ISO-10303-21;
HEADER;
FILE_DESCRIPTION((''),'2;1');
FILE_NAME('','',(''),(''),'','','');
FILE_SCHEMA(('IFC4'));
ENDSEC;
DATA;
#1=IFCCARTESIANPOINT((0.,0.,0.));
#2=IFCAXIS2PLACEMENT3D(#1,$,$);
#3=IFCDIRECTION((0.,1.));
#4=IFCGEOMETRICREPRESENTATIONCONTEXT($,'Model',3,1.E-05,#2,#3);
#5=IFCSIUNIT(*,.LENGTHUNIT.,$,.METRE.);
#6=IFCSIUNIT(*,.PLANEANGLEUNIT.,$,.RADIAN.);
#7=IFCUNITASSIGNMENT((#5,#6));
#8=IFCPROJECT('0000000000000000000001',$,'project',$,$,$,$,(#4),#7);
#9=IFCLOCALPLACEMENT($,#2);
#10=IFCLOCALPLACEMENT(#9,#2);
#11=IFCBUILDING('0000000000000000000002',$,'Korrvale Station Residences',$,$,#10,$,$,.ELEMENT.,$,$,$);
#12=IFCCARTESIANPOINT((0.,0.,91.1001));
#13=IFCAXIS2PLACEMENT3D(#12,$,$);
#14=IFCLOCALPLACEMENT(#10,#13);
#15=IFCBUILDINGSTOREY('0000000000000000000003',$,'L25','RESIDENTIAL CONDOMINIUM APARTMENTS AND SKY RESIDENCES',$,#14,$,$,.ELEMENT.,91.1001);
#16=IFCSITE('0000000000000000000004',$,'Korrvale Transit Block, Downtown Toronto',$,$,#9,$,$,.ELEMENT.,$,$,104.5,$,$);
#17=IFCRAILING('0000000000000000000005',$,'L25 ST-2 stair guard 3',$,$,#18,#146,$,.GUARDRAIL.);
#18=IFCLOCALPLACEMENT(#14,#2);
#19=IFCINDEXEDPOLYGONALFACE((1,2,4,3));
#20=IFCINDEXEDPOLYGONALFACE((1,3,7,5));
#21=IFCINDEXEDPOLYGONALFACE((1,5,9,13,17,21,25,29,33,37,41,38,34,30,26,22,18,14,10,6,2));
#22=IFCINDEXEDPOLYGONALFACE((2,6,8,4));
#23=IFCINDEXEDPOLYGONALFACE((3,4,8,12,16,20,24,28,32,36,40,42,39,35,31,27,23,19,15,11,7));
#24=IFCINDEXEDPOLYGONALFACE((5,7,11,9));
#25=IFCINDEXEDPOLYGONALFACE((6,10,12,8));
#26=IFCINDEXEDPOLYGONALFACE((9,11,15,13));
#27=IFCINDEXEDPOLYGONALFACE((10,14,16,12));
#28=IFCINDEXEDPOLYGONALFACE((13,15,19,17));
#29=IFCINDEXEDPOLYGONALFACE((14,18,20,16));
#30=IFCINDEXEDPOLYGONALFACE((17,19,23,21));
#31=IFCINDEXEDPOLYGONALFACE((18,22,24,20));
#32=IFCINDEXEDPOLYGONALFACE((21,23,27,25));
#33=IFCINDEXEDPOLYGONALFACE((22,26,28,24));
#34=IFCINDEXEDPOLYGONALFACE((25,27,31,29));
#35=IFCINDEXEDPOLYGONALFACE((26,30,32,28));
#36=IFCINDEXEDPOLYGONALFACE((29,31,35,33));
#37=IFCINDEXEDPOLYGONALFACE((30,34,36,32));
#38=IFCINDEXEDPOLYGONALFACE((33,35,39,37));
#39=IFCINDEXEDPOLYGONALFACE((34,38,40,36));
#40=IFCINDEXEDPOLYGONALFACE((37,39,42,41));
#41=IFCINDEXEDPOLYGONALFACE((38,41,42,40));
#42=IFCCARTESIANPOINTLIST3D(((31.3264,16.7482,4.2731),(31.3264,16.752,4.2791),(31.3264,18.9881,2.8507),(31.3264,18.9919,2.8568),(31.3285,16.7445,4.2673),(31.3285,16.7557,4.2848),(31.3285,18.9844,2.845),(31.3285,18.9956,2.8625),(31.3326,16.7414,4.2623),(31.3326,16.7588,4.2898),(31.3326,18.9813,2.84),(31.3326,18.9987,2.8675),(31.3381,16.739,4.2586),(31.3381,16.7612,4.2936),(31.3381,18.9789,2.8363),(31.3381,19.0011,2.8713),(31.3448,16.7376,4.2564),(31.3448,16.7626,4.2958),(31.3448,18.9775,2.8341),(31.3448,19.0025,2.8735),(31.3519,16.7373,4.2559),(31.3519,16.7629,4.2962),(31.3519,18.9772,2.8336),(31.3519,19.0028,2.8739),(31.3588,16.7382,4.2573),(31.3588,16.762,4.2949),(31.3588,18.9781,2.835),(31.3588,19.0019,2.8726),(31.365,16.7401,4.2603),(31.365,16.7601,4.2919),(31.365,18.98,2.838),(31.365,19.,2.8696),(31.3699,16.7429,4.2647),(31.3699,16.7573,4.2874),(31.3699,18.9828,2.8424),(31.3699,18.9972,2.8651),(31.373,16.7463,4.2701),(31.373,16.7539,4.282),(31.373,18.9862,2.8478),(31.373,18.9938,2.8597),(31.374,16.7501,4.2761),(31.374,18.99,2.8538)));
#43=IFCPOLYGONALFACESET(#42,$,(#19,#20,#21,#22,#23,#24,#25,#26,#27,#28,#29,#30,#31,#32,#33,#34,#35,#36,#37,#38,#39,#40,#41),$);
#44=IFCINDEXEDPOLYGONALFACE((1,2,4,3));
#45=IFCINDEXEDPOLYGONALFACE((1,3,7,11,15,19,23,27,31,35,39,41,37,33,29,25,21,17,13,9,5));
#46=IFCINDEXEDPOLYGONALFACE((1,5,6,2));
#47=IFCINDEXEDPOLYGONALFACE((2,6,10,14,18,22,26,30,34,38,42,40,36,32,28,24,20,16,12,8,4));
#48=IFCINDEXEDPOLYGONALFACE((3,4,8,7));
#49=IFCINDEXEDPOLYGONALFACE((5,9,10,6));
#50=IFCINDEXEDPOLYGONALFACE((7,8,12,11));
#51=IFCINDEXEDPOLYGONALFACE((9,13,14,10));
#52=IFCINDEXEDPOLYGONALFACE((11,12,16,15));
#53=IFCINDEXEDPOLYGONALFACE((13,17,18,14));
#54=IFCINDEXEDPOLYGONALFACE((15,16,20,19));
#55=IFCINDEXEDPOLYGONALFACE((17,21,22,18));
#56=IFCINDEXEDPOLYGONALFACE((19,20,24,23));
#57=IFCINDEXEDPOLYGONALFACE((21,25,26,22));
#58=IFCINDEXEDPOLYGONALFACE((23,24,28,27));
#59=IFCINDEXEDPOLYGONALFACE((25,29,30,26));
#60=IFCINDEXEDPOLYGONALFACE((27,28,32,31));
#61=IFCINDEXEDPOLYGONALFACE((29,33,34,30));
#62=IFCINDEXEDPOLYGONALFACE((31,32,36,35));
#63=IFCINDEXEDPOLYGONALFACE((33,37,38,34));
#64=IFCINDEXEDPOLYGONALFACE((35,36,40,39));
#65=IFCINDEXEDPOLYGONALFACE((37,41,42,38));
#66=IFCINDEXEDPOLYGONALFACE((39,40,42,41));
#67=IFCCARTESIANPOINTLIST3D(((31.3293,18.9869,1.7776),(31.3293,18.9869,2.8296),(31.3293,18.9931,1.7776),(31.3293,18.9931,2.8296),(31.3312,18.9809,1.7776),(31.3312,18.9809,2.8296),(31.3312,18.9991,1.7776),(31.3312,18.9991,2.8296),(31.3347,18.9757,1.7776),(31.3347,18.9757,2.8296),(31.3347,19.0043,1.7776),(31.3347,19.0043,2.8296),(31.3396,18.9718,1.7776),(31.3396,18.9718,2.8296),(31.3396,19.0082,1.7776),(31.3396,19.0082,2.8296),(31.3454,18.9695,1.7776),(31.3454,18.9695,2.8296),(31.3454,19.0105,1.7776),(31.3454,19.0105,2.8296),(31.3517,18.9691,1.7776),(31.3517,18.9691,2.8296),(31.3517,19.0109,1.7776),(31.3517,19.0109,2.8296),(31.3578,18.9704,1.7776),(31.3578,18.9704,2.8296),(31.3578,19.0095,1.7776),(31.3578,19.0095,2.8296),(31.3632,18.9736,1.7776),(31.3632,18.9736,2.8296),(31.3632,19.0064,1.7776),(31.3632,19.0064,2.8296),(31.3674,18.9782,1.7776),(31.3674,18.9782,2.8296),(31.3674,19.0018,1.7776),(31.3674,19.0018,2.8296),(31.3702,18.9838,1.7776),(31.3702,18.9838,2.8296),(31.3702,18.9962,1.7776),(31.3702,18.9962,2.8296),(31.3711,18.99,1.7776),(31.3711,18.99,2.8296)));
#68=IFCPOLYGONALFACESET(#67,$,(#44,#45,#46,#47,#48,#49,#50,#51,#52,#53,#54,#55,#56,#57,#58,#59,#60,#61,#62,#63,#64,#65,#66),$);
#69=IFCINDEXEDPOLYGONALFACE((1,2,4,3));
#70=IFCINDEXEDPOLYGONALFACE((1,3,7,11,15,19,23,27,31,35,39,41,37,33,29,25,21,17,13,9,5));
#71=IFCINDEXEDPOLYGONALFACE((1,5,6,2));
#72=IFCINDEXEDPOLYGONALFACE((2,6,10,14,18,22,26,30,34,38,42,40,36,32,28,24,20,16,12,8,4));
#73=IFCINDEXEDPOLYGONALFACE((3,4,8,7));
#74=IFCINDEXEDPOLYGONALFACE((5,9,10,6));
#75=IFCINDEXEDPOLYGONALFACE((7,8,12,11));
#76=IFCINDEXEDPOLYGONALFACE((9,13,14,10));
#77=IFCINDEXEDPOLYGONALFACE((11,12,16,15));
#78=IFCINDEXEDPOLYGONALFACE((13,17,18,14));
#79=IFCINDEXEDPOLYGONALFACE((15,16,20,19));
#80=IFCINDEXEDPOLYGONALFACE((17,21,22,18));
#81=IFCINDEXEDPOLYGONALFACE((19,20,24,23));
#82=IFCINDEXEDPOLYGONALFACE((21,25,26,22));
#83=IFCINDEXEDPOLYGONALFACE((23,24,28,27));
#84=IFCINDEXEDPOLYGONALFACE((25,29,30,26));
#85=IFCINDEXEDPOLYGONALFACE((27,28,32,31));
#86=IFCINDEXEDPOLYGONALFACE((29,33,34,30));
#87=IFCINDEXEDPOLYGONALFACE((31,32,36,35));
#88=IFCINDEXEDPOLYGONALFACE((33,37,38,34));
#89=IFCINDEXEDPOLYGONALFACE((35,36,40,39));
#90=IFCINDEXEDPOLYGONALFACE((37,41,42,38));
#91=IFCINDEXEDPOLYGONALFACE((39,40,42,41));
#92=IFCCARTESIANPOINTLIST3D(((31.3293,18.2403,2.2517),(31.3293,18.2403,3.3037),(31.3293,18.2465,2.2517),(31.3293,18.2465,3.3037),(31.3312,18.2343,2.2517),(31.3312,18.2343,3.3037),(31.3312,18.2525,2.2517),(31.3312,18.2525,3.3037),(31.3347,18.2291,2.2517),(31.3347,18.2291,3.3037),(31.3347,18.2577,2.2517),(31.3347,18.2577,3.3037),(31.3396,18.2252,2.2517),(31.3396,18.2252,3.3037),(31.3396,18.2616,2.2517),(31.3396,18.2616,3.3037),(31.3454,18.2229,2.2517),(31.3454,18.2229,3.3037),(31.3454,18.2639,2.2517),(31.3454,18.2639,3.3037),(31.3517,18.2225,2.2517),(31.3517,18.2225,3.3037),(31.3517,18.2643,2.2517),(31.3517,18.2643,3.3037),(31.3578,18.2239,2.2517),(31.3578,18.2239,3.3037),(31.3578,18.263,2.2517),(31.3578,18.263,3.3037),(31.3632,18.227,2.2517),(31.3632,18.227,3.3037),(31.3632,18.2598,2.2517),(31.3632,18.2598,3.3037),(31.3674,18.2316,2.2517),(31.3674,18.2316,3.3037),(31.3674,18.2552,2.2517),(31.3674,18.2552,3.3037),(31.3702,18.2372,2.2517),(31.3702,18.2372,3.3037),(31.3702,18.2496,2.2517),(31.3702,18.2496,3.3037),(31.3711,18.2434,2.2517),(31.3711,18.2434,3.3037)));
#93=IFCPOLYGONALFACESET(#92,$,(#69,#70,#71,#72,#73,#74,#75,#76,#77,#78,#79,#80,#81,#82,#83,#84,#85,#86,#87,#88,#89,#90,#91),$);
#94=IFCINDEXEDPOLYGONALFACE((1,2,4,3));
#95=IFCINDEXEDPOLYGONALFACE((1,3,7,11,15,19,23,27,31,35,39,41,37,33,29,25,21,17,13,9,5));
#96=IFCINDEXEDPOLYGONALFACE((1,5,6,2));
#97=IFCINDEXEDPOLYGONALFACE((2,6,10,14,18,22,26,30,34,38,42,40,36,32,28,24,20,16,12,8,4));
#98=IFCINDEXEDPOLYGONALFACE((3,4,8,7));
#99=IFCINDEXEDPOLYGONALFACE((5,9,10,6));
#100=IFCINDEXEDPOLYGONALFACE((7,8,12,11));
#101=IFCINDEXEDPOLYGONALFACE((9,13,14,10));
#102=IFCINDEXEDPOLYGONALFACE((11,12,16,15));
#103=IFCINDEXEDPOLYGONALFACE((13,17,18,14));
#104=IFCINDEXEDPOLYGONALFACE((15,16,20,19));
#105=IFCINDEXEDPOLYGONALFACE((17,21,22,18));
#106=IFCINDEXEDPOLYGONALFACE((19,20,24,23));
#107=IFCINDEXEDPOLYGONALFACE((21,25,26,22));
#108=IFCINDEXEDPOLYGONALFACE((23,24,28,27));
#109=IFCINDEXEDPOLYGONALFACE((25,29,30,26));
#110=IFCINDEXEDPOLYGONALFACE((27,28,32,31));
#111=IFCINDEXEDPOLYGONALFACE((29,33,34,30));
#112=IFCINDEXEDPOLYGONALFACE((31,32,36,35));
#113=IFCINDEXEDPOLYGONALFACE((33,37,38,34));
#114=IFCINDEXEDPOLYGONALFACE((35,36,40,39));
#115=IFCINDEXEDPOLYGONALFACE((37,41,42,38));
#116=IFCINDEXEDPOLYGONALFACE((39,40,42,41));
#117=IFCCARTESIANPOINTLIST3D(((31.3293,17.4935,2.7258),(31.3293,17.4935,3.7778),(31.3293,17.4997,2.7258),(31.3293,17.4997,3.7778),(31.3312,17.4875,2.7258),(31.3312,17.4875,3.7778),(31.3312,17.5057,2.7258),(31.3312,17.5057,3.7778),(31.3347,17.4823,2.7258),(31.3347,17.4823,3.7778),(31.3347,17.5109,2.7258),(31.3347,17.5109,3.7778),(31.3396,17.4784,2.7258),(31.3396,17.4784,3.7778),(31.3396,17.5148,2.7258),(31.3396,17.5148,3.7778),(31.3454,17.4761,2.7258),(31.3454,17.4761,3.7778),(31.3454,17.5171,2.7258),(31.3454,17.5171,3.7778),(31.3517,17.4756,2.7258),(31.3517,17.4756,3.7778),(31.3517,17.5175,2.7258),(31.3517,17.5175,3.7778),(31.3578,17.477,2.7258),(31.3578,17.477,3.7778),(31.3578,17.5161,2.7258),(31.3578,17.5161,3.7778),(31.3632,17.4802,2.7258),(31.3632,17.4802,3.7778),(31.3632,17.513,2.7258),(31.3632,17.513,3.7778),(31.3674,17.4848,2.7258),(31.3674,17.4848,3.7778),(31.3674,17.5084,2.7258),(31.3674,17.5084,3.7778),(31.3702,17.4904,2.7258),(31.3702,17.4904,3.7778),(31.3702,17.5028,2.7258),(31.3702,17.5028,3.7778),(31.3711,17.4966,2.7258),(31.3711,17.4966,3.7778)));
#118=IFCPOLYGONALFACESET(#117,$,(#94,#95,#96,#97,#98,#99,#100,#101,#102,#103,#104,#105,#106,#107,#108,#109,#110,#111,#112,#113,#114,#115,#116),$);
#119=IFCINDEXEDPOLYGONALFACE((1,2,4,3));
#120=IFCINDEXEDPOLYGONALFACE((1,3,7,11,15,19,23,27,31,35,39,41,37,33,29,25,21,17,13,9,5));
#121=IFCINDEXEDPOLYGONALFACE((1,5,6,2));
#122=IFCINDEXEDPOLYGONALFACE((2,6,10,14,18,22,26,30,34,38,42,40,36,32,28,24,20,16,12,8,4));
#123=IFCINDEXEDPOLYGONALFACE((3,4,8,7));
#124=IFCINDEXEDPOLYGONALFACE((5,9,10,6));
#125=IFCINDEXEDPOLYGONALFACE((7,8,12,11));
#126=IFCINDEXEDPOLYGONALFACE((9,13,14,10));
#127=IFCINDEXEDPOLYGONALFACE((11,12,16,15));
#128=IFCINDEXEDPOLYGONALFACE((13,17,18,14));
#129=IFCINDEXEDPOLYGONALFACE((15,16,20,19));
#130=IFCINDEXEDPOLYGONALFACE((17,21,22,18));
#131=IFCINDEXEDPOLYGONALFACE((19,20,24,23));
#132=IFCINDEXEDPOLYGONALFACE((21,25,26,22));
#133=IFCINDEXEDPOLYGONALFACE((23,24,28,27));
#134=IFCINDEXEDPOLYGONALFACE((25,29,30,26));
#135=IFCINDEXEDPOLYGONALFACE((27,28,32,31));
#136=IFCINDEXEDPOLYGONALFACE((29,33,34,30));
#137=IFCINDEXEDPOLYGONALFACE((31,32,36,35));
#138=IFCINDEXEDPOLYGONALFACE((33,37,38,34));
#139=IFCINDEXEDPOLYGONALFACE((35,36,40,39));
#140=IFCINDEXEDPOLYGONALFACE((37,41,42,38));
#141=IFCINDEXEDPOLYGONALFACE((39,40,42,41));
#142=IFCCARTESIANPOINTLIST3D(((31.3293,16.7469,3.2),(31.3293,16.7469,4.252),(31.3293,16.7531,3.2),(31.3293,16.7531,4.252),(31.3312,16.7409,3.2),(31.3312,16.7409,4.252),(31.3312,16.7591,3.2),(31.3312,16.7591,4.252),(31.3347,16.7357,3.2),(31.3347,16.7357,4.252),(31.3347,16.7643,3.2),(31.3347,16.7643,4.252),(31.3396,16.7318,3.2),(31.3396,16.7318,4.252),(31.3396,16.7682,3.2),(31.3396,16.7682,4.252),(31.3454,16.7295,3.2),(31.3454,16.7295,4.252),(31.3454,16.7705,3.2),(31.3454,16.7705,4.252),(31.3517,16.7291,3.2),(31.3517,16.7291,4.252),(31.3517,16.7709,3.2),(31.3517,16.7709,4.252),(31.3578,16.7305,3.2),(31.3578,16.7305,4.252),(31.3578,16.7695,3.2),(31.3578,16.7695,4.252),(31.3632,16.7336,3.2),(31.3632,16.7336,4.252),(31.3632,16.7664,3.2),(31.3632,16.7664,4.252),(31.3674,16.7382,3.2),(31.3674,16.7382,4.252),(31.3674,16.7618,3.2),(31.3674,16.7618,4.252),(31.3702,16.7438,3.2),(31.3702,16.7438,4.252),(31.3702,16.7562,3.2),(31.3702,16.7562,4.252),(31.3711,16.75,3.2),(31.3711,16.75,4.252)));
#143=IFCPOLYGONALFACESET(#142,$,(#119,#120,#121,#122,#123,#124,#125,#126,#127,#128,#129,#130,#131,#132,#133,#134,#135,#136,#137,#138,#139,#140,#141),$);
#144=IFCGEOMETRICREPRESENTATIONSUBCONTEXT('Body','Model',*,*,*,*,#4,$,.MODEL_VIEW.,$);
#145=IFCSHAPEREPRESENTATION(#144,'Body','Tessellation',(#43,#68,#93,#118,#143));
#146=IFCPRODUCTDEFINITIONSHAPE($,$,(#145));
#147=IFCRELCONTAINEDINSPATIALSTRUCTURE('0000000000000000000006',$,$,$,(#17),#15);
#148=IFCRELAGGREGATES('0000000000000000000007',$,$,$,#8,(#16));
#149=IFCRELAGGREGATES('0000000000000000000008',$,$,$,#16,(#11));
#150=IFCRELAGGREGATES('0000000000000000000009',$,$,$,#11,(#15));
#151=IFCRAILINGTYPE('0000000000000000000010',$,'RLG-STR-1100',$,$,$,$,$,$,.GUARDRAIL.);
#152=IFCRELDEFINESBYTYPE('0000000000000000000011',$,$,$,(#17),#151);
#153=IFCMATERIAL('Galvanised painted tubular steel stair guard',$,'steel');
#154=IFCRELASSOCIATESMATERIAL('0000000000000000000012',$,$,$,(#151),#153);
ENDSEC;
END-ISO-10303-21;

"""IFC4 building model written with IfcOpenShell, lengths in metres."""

from ifc_helpers import new_model, si_unit, direction, frame, origin, origin_2d, place, context, subcontext, project, spatial, circle, extrude, material, type_object, element, save


model = new_model("IFC4")

# Units and contexts
model_context = context("Model", 3, precision=1e-05, world=origin(), true_north=direction((0.0, 1.0)))
body_context = subcontext(model_context, "Body", "Model", "MODEL_VIEW")
ifc_project = project(units=[si_unit("LENGTHUNIT", "METRE"), si_unit("PLANEANGLEUNIT", "RADIAN")], contexts=[model_context])

# Site, building, storey
site_placement = place(None, origin())
site = spatial("IfcSite", under=ifc_project, at=site_placement, Name="Korrvale Transit Block, Downtown Toronto", CompositionType="ELEMENT", RefElevation=104.5)
building_placement = place(site_placement, origin())
building = spatial("IfcBuilding", under=site, at=building_placement, Name="Korrvale Station Residences", CompositionType="ELEMENT")
storey_placement = place(building_placement, frame((0.0, 0.0, 91.1001)))
storey = spatial("IfcBuildingStorey", under=building, at=storey_placement, Name="L25", Description="RESIDENTIAL CONDOMINIUM APARTMENTS AND SKY RESIDENCES", CompositionType="ELEMENT", Elevation=91.1001)

# Railing
ifc_material_1 = material(Name="Galvanised painted tubular steel stair guard", Category="steel")
railing_type_1 = type_object("IfcRailingType", Name="RLG-STR-1100", PredefinedType="GUARDRAIL", material=ifc_material_1)
railing_1_placement = place(storey_placement, frame((31.3501, 18.99, 1.7776)))
element("IfcRailing", 1, at=railing_1_placement, inside=storey, type_object=railing_type_1, Name="L25 ST-2 stair guard 3", PredefinedType="GUARDRAIL", context=body_context, shape_type="SweptSolid", body=[
    extrude(circle(Radius=0.0239, at=origin_2d()), frame((0.0, 0.0, 1.0762), z_axis=(0.0, -0.844188, 0.536048), x_axis=(1.0, 0.0, 0.0)), (0.0, 0.0, 1.0), 2.6533),
    extrude(circle(Radius=0.021, at=origin_2d()), origin(), (0.0, 0.0, 1.0), 1.052),
    extrude(circle(Radius=0.021, at=origin_2d()), frame((0.0, -0.7466, 0.4741)), (0.0, 0.0, 1.0), 1.052),
    extrude(circle(Radius=0.021, at=origin_2d()), frame((0.0, -1.4934, 0.9482)), (0.0, 0.0, 1.0), 1.052),
    extrude(circle(Radius=0.021, at=origin_2d()), frame((0.0, -2.24, 1.4224)), (0.0, 0.0, 1.0), 1.052),
])

save(model, "model.ifc")
